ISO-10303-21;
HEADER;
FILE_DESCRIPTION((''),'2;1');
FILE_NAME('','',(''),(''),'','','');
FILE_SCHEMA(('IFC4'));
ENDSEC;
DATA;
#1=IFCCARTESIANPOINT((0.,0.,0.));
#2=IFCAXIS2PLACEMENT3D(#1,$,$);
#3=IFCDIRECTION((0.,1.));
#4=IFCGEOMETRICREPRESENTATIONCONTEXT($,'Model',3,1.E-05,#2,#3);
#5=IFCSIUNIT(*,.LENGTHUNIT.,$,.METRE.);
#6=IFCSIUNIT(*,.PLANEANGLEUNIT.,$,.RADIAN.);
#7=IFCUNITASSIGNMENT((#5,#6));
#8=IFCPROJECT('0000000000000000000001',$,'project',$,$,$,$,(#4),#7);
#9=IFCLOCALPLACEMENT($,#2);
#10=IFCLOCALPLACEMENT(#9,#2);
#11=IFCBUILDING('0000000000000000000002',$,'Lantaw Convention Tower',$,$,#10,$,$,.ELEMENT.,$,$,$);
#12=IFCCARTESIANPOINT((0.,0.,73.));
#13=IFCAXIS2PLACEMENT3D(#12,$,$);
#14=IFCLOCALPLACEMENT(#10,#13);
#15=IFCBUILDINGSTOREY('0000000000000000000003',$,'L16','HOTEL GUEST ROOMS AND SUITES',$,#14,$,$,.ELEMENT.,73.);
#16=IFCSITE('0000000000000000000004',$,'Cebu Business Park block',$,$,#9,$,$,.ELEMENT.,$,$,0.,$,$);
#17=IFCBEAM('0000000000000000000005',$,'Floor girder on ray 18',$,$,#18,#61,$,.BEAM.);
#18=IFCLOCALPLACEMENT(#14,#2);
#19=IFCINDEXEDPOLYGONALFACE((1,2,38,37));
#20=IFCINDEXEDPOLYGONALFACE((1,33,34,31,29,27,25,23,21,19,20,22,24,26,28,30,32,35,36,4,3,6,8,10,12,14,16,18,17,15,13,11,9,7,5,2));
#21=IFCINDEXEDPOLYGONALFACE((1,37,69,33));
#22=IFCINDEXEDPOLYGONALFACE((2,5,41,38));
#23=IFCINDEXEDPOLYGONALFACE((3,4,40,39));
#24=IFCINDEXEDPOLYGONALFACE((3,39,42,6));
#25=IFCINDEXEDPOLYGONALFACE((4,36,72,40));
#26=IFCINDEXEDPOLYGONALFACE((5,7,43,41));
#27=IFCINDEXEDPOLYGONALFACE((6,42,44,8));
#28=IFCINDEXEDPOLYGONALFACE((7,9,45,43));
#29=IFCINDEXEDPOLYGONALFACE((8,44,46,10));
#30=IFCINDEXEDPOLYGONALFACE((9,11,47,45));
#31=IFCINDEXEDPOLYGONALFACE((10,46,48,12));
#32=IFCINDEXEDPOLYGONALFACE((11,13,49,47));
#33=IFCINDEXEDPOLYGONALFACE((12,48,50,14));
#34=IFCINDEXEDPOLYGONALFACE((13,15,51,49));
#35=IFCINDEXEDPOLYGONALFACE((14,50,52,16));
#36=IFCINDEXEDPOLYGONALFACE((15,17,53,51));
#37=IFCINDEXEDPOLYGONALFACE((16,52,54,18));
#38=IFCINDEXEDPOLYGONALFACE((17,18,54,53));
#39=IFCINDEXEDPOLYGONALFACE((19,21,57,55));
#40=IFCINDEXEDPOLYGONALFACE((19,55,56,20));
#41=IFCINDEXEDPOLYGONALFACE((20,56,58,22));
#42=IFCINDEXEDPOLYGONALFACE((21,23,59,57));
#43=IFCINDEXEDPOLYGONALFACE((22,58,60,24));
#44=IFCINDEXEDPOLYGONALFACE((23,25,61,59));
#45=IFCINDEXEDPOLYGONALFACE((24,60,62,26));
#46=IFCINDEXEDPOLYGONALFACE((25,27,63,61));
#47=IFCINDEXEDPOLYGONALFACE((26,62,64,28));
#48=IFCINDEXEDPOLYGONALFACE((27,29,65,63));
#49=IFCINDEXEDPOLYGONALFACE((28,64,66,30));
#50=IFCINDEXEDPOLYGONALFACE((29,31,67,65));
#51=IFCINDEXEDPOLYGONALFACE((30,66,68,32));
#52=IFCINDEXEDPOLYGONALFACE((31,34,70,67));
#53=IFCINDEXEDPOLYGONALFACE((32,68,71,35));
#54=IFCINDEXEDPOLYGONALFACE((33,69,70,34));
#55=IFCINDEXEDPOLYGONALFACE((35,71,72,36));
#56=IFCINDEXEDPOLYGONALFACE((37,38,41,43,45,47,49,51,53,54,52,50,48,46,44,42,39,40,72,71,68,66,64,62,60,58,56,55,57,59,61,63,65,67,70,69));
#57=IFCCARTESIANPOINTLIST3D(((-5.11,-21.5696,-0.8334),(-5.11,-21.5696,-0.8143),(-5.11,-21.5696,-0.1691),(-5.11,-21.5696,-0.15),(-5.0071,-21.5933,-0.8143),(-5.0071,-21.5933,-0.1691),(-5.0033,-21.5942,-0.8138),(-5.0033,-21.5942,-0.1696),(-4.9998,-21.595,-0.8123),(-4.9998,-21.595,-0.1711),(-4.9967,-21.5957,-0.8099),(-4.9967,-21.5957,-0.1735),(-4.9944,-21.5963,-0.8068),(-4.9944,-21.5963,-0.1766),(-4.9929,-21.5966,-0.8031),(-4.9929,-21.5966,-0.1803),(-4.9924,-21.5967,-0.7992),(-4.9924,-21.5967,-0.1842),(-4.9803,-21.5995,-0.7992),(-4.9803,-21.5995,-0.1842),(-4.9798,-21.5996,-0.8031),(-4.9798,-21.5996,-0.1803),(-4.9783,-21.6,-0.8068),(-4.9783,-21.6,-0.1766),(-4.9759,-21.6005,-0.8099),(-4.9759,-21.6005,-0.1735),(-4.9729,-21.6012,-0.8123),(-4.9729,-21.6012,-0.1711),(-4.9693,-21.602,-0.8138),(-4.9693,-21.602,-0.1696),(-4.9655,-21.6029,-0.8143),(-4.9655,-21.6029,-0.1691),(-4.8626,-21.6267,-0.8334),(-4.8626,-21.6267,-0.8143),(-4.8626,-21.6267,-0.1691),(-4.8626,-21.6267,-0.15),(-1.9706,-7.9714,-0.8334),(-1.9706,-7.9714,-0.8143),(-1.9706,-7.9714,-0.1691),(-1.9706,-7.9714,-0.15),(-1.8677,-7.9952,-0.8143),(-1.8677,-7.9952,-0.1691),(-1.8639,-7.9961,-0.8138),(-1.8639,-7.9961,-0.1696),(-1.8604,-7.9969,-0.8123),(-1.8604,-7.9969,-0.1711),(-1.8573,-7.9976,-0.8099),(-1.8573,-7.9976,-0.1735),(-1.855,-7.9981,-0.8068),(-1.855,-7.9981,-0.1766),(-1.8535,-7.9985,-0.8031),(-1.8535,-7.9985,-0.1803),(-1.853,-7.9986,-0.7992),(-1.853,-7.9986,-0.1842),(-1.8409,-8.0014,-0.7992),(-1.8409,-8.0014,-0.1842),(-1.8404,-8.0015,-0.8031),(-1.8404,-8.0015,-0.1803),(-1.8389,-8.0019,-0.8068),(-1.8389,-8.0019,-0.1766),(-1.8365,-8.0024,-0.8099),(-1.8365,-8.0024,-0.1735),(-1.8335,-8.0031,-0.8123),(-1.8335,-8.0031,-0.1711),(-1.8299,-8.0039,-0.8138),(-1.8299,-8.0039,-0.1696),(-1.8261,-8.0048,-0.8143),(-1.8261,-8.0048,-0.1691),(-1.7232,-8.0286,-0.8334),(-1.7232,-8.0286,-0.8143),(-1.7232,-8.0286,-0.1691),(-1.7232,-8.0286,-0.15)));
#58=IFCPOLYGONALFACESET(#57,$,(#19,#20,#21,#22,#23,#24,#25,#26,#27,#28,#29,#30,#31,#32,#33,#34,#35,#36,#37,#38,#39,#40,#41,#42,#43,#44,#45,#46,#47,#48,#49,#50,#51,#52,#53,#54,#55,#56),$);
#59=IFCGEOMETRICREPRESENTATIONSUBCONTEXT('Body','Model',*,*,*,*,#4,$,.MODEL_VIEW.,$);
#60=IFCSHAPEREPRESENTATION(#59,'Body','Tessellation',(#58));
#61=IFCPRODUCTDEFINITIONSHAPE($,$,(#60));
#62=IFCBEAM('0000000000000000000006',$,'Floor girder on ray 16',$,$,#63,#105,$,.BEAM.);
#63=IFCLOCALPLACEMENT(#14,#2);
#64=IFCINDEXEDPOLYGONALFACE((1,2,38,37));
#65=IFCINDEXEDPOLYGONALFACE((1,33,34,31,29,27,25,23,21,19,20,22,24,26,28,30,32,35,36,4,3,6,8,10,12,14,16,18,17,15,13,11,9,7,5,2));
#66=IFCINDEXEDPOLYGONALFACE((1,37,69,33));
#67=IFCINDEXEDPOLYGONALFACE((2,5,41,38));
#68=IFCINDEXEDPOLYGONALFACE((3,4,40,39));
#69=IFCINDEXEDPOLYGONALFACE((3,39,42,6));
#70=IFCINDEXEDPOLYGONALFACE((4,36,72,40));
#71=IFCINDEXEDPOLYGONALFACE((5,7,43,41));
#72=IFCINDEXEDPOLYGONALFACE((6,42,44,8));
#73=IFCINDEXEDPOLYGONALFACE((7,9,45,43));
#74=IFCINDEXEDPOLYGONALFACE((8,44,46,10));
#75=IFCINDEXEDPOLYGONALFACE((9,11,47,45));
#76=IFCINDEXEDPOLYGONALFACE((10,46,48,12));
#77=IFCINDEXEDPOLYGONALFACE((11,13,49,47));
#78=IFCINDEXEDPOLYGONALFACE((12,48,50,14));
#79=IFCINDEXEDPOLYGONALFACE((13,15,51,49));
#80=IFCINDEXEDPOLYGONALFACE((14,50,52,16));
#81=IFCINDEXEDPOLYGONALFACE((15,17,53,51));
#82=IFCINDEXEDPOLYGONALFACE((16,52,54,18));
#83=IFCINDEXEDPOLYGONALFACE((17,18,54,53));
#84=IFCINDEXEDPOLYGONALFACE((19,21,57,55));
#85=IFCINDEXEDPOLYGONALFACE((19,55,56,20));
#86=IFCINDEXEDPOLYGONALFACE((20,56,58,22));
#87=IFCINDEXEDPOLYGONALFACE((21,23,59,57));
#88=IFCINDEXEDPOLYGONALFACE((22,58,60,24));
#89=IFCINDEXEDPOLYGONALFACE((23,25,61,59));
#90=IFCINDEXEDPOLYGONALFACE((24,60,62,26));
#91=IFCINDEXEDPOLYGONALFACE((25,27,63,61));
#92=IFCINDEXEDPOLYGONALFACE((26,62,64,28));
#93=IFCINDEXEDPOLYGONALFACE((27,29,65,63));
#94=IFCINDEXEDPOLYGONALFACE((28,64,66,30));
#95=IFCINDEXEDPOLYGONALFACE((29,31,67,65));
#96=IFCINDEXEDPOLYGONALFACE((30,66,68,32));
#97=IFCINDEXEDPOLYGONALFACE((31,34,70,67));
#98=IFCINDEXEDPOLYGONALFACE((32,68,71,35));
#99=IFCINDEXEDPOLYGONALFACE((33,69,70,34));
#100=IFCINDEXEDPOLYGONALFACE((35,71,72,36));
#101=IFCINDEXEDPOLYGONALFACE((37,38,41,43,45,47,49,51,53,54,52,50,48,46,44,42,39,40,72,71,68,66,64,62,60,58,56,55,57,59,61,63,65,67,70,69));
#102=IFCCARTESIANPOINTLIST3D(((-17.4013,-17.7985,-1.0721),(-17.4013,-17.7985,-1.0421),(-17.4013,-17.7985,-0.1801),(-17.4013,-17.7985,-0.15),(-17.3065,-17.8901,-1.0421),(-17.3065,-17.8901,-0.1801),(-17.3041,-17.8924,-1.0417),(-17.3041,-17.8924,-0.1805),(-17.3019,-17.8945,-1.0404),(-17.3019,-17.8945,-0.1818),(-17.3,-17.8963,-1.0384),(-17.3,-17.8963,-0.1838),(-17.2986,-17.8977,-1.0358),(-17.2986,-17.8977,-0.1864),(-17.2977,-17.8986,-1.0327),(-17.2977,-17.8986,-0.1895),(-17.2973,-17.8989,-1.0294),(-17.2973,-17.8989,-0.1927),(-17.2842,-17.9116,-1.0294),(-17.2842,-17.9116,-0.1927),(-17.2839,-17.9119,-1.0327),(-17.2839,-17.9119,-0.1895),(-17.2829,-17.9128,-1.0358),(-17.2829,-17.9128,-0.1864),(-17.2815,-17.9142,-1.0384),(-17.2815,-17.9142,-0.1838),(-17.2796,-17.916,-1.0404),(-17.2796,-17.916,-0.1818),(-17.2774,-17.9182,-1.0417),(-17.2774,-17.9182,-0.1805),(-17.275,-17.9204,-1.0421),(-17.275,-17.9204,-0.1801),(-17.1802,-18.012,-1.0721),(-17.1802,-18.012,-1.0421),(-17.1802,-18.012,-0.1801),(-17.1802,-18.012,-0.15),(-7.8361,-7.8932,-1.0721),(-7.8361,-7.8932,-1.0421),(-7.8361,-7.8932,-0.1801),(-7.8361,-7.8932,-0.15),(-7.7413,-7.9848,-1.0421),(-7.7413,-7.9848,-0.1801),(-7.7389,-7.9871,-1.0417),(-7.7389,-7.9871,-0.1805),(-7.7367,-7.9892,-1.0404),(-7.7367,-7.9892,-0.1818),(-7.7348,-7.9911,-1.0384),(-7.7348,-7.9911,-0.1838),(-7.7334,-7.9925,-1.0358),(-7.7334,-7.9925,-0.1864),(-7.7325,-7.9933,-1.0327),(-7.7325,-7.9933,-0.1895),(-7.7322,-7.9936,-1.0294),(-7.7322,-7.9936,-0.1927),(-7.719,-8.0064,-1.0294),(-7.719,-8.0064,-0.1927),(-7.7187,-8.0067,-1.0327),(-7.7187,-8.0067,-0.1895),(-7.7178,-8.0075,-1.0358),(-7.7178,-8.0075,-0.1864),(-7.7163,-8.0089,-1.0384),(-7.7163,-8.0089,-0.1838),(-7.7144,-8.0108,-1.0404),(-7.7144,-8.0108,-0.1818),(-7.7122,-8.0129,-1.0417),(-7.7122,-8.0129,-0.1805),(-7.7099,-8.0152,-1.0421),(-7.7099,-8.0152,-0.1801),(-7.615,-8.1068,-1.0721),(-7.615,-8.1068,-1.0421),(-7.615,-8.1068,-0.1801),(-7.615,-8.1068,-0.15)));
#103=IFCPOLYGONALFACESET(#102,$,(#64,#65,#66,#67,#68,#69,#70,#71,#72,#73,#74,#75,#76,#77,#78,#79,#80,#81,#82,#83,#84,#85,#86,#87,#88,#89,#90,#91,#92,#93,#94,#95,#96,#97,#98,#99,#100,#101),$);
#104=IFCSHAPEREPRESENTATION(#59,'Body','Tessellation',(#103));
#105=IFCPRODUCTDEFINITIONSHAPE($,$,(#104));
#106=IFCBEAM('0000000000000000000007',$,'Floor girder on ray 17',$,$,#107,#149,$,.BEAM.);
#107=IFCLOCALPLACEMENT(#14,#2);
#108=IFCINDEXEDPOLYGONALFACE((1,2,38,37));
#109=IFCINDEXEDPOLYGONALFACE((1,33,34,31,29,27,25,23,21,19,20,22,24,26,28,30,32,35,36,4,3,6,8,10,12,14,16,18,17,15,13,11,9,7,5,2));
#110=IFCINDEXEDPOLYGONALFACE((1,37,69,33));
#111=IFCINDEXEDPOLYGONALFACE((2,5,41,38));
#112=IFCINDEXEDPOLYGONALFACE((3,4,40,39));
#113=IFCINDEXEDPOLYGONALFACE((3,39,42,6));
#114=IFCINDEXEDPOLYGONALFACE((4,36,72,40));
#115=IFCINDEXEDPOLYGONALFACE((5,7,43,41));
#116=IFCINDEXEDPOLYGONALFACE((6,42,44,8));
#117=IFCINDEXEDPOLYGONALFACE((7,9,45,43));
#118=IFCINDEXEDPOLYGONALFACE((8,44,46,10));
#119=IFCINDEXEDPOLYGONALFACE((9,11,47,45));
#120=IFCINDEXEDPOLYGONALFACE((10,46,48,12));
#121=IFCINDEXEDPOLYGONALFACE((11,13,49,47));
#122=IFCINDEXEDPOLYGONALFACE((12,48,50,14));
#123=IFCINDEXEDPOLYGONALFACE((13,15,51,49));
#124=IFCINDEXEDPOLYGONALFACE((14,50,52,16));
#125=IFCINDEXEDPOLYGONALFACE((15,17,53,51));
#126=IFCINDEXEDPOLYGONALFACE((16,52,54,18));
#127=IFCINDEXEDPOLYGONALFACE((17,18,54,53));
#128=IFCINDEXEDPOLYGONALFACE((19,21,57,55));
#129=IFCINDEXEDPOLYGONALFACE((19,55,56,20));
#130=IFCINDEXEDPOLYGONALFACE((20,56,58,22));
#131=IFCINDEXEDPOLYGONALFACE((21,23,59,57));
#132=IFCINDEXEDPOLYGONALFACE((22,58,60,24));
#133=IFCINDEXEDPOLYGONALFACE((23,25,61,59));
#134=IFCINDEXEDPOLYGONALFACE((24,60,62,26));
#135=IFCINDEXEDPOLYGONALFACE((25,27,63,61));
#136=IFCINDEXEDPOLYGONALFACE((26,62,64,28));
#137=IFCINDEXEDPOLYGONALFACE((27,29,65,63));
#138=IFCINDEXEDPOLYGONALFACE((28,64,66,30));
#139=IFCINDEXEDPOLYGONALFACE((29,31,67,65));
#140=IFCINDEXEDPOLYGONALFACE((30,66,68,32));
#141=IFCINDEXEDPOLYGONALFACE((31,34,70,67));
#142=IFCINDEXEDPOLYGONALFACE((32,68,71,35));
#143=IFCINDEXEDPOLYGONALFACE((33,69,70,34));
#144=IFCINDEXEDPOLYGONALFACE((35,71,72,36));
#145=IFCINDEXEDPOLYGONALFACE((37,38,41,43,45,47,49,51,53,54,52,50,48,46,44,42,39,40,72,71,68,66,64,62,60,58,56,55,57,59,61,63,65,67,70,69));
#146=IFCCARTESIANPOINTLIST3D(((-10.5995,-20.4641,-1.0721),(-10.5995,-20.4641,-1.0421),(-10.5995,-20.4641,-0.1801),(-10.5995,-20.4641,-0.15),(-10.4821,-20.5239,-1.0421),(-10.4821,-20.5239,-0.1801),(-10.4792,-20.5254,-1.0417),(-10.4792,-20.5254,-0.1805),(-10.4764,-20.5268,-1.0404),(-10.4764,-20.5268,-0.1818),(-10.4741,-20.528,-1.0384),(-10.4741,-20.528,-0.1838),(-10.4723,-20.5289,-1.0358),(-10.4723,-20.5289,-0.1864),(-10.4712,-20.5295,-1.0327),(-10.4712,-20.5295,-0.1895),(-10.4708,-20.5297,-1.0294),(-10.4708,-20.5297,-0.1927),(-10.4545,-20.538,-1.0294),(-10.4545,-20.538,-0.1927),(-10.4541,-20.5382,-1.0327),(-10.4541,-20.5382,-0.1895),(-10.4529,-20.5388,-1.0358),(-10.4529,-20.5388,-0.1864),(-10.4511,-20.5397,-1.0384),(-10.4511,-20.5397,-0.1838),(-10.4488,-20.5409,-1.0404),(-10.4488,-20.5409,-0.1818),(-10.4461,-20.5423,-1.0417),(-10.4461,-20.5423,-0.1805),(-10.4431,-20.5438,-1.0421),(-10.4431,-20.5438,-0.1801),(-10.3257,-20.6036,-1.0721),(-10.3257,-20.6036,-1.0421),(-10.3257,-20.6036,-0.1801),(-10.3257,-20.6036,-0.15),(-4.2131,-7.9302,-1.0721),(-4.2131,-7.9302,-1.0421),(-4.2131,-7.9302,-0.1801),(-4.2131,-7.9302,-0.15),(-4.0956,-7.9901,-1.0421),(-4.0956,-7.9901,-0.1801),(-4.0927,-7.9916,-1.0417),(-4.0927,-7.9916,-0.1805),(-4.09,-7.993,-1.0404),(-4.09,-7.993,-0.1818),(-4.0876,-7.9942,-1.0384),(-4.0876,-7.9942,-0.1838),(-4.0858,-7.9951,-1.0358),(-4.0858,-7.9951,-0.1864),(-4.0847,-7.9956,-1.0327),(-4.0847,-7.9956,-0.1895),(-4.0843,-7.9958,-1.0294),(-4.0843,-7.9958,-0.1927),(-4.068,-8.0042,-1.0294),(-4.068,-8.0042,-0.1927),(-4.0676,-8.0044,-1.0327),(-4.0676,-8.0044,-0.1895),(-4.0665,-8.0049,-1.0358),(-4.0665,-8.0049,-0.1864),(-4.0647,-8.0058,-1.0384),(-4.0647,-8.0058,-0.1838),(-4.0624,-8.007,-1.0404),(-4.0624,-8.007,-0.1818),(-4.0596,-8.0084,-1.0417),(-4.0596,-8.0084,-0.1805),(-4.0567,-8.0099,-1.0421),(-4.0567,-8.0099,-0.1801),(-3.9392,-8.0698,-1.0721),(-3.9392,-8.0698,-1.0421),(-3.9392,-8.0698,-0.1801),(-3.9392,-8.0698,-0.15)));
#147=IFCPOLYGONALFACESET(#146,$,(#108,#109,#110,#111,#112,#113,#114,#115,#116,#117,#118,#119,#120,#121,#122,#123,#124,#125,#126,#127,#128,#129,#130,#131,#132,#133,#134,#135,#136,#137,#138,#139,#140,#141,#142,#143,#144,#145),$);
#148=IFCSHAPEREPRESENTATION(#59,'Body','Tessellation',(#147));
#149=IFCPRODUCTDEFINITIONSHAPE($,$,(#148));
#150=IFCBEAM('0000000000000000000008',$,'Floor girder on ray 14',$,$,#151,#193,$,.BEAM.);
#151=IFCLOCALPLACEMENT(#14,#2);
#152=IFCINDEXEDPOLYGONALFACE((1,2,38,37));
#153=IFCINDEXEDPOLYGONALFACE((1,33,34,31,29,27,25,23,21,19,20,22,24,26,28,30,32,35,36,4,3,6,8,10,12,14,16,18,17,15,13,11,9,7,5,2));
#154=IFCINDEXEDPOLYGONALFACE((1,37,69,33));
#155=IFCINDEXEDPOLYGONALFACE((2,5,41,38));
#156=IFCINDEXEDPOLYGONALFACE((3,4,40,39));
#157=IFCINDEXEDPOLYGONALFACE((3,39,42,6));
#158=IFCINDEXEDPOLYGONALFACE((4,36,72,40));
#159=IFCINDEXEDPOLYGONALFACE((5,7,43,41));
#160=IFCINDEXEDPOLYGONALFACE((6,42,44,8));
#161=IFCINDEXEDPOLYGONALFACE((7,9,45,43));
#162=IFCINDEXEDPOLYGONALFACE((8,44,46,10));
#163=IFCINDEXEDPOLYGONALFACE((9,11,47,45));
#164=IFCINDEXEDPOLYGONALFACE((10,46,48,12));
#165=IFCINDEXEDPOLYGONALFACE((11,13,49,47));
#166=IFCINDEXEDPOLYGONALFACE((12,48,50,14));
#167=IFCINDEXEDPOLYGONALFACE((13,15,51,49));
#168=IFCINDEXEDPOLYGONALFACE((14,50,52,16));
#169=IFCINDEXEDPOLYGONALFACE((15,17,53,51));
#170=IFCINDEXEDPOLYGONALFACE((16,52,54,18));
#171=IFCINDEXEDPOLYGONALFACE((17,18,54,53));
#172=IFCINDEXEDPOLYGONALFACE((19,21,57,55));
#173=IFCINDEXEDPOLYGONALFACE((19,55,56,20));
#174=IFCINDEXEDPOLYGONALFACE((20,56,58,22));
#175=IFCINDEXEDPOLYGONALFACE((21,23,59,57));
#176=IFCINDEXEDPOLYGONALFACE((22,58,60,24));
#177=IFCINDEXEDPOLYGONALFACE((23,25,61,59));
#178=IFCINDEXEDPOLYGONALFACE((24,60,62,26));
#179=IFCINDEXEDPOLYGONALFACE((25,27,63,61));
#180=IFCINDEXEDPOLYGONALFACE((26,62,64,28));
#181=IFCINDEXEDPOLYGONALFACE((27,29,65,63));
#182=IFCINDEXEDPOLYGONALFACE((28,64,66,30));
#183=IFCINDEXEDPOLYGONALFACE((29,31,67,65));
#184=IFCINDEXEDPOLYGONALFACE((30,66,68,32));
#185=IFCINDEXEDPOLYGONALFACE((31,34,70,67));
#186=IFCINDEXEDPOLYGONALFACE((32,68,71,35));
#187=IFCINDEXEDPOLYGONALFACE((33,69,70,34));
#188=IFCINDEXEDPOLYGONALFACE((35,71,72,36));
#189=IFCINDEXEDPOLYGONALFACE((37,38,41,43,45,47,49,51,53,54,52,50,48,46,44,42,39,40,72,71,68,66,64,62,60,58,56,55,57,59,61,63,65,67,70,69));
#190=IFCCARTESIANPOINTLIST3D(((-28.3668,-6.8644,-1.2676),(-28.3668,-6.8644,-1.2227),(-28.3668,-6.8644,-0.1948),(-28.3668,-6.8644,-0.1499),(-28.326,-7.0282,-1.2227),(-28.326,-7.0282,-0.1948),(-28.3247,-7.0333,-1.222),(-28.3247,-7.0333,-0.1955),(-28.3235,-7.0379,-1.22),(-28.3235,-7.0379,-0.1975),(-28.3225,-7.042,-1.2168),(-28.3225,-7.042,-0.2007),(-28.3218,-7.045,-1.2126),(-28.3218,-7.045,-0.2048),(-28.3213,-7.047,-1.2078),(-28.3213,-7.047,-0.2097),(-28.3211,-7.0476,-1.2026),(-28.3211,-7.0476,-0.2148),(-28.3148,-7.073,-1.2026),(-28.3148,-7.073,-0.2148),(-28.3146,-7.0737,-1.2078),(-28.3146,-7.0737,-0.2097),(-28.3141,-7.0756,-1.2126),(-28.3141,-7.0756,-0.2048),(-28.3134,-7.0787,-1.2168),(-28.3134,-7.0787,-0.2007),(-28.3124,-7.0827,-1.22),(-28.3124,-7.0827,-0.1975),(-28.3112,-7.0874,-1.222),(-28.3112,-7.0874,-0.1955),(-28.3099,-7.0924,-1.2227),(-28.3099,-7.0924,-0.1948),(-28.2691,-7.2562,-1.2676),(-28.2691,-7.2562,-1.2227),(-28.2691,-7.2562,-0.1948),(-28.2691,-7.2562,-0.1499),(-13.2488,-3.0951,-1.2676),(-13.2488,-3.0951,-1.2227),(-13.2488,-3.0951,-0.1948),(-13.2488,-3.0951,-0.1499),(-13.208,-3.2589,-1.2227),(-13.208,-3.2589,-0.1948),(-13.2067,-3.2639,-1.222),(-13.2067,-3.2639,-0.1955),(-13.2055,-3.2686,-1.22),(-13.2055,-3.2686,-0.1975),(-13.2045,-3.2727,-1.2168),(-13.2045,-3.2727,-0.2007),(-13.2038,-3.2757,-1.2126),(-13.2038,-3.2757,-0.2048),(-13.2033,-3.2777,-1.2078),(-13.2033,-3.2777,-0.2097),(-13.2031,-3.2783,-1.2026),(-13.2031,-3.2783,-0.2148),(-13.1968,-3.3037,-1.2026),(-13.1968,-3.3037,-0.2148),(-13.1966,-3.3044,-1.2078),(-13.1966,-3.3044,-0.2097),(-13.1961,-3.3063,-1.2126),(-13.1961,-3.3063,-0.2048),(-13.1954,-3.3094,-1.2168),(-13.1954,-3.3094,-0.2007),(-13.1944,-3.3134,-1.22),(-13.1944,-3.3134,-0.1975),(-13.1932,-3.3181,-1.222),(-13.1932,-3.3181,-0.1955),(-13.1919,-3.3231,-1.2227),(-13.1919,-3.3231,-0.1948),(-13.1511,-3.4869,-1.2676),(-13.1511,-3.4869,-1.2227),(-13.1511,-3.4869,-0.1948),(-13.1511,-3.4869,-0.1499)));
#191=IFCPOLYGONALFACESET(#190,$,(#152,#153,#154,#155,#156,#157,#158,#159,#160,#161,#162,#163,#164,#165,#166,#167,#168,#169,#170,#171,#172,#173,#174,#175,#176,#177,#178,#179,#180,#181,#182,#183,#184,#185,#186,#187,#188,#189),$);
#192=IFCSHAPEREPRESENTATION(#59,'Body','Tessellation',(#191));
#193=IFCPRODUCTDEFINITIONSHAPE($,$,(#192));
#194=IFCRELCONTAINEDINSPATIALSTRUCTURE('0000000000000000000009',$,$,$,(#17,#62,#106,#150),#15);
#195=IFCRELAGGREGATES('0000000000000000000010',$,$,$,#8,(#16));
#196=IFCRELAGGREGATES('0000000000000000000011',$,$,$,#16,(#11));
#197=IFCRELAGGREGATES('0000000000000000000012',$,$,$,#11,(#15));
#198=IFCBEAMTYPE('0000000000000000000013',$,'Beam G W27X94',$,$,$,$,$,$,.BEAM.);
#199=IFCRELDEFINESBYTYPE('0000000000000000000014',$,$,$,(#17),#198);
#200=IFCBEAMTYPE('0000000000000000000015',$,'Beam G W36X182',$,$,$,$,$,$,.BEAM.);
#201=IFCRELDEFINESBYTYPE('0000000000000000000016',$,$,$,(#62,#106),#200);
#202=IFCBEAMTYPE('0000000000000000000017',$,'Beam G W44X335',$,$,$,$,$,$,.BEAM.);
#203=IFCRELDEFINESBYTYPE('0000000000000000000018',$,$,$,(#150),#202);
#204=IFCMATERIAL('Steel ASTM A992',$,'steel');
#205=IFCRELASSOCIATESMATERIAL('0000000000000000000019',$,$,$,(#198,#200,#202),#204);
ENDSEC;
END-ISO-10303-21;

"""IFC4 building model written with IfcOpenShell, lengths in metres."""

from ifc_helpers import new_model, si_unit, direction, frame, origin, origin_2d, place, context, subcontext, project, spatial, i_section, extrude, material, material_profile, profile_set, type_object, element, save


model = new_model("IFC4")

# Units and contexts
model_context = context("Model", 3, precision=1e-05, world=origin(), true_north=direction((0.0, 1.0)))
body_context = subcontext(model_context, "Body", "Model", "MODEL_VIEW")
ifc_project = project(units=[si_unit("LENGTHUNIT", "METRE"), si_unit("PLANEANGLEUNIT", "RADIAN")], contexts=[model_context])

# Site, building, storey
site_placement = place(None, origin())
site = spatial("IfcSite", under=ifc_project, at=site_placement, Name="Cebu Business Park block", CompositionType="ELEMENT", RefElevation=0.0)
building_placement = place(site_placement, origin())
building = spatial("IfcBuilding", under=site, at=building_placement, Name="Lantaw Convention Tower", CompositionType="ELEMENT")
storey_placement = place(building_placement, frame((0.0, 0.0, 73.0)))
storey = spatial("IfcBuildingStorey", under=building, at=storey_placement, Name="L16", Description="HOTEL GUEST ROOMS AND SUITES", CompositionType="ELEMENT", Elevation=73.0)

# Beams
ifc_material_1 = material(Name="Steel ASTM A992", Category="steel")
ifc_material_profile_1 = material_profile(ifc_material_1, i_section(OverallWidth=0.2539, OverallDepth=0.6833, WebThickness=0.0125, FlangeThickness=0.019, FilletRadius=0.0151, at=origin_2d()), Name="W27X94")
ifc_profile_set_1 = profile_set([ifc_material_profile_1], Name="Steel ASTM A992")
beam_type_1 = type_object("IfcBeamType", Name="Beam G W27X94", PredefinedType="BEAM", material=ifc_profile_set_1)
beam_1_placement = place(storey_placement, frame((-1.8469, -8.0, -0.4917), z_axis=(-0.224953, -0.97437, 0.0), x_axis=(0.97437, -0.224953, 0.0)))
element("IfcBeam", 1, at=beam_1_placement, inside=storey, type_object=beam_type_1, Name="Floor girder on ray 18", PredefinedType="BEAM", context=body_context, shape_type="SweptSolid", body=[
    extrude(i_section(OverallWidth=0.2539, OverallDepth=0.6833, WebThickness=0.0125, FlangeThickness=0.019, FilletRadius=0.0151, at=origin_2d()), origin(), (0.0, 0.0, 1.0), 13.9558),
])
ifc_material_profile_2 = material_profile(ifc_material_1, i_section(OverallWidth=0.3074, OverallDepth=0.9221, WebThickness=0.0183, FlangeThickness=0.03, FilletRadius=0.0127, at=origin_2d()), Name="W36X182")
ifc_profile_set_2 = profile_set([ifc_material_profile_2], Name="Steel ASTM A992")
beam_type_2 = type_object("IfcBeamType", Name="Beam G W36X182", PredefinedType="BEAM", material=ifc_profile_set_2)
beam_2_placement = place(storey_placement, frame((-7.7256, -8.0, -0.6111), z_axis=(-0.69465, -0.719348, 0.0), x_axis=(0.719348, -0.69465, 0.0)))
element("IfcBeam", 2, at=beam_2_placement, inside=storey, type_object=beam_type_2, Name="Floor girder on ray 16", PredefinedType="BEAM", context=body_context, shape_type="SweptSolid", body=[
    extrude(i_section(OverallWidth=0.3074, OverallDepth=0.9221, WebThickness=0.0183, FlangeThickness=0.03, FilletRadius=0.0127, at=origin_2d()), origin(), (0.0, 0.0, 1.0), 13.7698),
])
beam_3_placement = place(storey_placement, frame((-4.0762, -8.0, -0.6111), z_axis=(-0.453997, -0.891003, 0.0), x_axis=(0.891003, -0.453997, 0.0)))
element("IfcBeam", 3, at=beam_3_placement, inside=storey, type_object=beam_type_2, Name="Floor girder on ray 17", PredefinedType="BEAM", context=body_context, shape_type="SweptSolid", body=[
    extrude(i_section(OverallWidth=0.3074, OverallDepth=0.9221, WebThickness=0.0183, FlangeThickness=0.03, FilletRadius=0.0127, at=origin_2d()), origin(), (0.0, 0.0, 1.0), 14.0671),
])
ifc_material_profile_3 = material_profile(ifc_material_1, i_section(OverallWidth=0.4038, OverallDepth=1.1177, WebThickness=0.0261, FlangeThickness=0.0449, FilletRadius=0.02, at=origin_2d()), Name="W44X335")
ifc_profile_set_3 = profile_set([ifc_material_profile_3], Name="Steel ASTM A992")
beam_type_3 = type_object("IfcBeamType", Name="Beam G W44X335", PredefinedType="BEAM", material=ifc_profile_set_3)
beam_4_placement = place(storey_placement, frame((-13.2, -3.291, -0.7087), z_axis=(-0.970296, -0.24192, 0.0), x_axis=(0.24192, -0.970296, 0.0)))
element("IfcBeam", 4, at=beam_4_placement, inside=storey, type_object=beam_type_3, Name="Floor girder on ray 14", PredefinedType="BEAM", context=body_context, shape_type="SweptSolid", body=[
    extrude(i_section(OverallWidth=0.4038, OverallDepth=1.1177, WebThickness=0.0261, FlangeThickness=0.0449, FilletRadius=0.02, at=origin_2d()), origin(), (0.0, 0.0, 1.0), 15.5808),
])

save(model, "model.ifc")
